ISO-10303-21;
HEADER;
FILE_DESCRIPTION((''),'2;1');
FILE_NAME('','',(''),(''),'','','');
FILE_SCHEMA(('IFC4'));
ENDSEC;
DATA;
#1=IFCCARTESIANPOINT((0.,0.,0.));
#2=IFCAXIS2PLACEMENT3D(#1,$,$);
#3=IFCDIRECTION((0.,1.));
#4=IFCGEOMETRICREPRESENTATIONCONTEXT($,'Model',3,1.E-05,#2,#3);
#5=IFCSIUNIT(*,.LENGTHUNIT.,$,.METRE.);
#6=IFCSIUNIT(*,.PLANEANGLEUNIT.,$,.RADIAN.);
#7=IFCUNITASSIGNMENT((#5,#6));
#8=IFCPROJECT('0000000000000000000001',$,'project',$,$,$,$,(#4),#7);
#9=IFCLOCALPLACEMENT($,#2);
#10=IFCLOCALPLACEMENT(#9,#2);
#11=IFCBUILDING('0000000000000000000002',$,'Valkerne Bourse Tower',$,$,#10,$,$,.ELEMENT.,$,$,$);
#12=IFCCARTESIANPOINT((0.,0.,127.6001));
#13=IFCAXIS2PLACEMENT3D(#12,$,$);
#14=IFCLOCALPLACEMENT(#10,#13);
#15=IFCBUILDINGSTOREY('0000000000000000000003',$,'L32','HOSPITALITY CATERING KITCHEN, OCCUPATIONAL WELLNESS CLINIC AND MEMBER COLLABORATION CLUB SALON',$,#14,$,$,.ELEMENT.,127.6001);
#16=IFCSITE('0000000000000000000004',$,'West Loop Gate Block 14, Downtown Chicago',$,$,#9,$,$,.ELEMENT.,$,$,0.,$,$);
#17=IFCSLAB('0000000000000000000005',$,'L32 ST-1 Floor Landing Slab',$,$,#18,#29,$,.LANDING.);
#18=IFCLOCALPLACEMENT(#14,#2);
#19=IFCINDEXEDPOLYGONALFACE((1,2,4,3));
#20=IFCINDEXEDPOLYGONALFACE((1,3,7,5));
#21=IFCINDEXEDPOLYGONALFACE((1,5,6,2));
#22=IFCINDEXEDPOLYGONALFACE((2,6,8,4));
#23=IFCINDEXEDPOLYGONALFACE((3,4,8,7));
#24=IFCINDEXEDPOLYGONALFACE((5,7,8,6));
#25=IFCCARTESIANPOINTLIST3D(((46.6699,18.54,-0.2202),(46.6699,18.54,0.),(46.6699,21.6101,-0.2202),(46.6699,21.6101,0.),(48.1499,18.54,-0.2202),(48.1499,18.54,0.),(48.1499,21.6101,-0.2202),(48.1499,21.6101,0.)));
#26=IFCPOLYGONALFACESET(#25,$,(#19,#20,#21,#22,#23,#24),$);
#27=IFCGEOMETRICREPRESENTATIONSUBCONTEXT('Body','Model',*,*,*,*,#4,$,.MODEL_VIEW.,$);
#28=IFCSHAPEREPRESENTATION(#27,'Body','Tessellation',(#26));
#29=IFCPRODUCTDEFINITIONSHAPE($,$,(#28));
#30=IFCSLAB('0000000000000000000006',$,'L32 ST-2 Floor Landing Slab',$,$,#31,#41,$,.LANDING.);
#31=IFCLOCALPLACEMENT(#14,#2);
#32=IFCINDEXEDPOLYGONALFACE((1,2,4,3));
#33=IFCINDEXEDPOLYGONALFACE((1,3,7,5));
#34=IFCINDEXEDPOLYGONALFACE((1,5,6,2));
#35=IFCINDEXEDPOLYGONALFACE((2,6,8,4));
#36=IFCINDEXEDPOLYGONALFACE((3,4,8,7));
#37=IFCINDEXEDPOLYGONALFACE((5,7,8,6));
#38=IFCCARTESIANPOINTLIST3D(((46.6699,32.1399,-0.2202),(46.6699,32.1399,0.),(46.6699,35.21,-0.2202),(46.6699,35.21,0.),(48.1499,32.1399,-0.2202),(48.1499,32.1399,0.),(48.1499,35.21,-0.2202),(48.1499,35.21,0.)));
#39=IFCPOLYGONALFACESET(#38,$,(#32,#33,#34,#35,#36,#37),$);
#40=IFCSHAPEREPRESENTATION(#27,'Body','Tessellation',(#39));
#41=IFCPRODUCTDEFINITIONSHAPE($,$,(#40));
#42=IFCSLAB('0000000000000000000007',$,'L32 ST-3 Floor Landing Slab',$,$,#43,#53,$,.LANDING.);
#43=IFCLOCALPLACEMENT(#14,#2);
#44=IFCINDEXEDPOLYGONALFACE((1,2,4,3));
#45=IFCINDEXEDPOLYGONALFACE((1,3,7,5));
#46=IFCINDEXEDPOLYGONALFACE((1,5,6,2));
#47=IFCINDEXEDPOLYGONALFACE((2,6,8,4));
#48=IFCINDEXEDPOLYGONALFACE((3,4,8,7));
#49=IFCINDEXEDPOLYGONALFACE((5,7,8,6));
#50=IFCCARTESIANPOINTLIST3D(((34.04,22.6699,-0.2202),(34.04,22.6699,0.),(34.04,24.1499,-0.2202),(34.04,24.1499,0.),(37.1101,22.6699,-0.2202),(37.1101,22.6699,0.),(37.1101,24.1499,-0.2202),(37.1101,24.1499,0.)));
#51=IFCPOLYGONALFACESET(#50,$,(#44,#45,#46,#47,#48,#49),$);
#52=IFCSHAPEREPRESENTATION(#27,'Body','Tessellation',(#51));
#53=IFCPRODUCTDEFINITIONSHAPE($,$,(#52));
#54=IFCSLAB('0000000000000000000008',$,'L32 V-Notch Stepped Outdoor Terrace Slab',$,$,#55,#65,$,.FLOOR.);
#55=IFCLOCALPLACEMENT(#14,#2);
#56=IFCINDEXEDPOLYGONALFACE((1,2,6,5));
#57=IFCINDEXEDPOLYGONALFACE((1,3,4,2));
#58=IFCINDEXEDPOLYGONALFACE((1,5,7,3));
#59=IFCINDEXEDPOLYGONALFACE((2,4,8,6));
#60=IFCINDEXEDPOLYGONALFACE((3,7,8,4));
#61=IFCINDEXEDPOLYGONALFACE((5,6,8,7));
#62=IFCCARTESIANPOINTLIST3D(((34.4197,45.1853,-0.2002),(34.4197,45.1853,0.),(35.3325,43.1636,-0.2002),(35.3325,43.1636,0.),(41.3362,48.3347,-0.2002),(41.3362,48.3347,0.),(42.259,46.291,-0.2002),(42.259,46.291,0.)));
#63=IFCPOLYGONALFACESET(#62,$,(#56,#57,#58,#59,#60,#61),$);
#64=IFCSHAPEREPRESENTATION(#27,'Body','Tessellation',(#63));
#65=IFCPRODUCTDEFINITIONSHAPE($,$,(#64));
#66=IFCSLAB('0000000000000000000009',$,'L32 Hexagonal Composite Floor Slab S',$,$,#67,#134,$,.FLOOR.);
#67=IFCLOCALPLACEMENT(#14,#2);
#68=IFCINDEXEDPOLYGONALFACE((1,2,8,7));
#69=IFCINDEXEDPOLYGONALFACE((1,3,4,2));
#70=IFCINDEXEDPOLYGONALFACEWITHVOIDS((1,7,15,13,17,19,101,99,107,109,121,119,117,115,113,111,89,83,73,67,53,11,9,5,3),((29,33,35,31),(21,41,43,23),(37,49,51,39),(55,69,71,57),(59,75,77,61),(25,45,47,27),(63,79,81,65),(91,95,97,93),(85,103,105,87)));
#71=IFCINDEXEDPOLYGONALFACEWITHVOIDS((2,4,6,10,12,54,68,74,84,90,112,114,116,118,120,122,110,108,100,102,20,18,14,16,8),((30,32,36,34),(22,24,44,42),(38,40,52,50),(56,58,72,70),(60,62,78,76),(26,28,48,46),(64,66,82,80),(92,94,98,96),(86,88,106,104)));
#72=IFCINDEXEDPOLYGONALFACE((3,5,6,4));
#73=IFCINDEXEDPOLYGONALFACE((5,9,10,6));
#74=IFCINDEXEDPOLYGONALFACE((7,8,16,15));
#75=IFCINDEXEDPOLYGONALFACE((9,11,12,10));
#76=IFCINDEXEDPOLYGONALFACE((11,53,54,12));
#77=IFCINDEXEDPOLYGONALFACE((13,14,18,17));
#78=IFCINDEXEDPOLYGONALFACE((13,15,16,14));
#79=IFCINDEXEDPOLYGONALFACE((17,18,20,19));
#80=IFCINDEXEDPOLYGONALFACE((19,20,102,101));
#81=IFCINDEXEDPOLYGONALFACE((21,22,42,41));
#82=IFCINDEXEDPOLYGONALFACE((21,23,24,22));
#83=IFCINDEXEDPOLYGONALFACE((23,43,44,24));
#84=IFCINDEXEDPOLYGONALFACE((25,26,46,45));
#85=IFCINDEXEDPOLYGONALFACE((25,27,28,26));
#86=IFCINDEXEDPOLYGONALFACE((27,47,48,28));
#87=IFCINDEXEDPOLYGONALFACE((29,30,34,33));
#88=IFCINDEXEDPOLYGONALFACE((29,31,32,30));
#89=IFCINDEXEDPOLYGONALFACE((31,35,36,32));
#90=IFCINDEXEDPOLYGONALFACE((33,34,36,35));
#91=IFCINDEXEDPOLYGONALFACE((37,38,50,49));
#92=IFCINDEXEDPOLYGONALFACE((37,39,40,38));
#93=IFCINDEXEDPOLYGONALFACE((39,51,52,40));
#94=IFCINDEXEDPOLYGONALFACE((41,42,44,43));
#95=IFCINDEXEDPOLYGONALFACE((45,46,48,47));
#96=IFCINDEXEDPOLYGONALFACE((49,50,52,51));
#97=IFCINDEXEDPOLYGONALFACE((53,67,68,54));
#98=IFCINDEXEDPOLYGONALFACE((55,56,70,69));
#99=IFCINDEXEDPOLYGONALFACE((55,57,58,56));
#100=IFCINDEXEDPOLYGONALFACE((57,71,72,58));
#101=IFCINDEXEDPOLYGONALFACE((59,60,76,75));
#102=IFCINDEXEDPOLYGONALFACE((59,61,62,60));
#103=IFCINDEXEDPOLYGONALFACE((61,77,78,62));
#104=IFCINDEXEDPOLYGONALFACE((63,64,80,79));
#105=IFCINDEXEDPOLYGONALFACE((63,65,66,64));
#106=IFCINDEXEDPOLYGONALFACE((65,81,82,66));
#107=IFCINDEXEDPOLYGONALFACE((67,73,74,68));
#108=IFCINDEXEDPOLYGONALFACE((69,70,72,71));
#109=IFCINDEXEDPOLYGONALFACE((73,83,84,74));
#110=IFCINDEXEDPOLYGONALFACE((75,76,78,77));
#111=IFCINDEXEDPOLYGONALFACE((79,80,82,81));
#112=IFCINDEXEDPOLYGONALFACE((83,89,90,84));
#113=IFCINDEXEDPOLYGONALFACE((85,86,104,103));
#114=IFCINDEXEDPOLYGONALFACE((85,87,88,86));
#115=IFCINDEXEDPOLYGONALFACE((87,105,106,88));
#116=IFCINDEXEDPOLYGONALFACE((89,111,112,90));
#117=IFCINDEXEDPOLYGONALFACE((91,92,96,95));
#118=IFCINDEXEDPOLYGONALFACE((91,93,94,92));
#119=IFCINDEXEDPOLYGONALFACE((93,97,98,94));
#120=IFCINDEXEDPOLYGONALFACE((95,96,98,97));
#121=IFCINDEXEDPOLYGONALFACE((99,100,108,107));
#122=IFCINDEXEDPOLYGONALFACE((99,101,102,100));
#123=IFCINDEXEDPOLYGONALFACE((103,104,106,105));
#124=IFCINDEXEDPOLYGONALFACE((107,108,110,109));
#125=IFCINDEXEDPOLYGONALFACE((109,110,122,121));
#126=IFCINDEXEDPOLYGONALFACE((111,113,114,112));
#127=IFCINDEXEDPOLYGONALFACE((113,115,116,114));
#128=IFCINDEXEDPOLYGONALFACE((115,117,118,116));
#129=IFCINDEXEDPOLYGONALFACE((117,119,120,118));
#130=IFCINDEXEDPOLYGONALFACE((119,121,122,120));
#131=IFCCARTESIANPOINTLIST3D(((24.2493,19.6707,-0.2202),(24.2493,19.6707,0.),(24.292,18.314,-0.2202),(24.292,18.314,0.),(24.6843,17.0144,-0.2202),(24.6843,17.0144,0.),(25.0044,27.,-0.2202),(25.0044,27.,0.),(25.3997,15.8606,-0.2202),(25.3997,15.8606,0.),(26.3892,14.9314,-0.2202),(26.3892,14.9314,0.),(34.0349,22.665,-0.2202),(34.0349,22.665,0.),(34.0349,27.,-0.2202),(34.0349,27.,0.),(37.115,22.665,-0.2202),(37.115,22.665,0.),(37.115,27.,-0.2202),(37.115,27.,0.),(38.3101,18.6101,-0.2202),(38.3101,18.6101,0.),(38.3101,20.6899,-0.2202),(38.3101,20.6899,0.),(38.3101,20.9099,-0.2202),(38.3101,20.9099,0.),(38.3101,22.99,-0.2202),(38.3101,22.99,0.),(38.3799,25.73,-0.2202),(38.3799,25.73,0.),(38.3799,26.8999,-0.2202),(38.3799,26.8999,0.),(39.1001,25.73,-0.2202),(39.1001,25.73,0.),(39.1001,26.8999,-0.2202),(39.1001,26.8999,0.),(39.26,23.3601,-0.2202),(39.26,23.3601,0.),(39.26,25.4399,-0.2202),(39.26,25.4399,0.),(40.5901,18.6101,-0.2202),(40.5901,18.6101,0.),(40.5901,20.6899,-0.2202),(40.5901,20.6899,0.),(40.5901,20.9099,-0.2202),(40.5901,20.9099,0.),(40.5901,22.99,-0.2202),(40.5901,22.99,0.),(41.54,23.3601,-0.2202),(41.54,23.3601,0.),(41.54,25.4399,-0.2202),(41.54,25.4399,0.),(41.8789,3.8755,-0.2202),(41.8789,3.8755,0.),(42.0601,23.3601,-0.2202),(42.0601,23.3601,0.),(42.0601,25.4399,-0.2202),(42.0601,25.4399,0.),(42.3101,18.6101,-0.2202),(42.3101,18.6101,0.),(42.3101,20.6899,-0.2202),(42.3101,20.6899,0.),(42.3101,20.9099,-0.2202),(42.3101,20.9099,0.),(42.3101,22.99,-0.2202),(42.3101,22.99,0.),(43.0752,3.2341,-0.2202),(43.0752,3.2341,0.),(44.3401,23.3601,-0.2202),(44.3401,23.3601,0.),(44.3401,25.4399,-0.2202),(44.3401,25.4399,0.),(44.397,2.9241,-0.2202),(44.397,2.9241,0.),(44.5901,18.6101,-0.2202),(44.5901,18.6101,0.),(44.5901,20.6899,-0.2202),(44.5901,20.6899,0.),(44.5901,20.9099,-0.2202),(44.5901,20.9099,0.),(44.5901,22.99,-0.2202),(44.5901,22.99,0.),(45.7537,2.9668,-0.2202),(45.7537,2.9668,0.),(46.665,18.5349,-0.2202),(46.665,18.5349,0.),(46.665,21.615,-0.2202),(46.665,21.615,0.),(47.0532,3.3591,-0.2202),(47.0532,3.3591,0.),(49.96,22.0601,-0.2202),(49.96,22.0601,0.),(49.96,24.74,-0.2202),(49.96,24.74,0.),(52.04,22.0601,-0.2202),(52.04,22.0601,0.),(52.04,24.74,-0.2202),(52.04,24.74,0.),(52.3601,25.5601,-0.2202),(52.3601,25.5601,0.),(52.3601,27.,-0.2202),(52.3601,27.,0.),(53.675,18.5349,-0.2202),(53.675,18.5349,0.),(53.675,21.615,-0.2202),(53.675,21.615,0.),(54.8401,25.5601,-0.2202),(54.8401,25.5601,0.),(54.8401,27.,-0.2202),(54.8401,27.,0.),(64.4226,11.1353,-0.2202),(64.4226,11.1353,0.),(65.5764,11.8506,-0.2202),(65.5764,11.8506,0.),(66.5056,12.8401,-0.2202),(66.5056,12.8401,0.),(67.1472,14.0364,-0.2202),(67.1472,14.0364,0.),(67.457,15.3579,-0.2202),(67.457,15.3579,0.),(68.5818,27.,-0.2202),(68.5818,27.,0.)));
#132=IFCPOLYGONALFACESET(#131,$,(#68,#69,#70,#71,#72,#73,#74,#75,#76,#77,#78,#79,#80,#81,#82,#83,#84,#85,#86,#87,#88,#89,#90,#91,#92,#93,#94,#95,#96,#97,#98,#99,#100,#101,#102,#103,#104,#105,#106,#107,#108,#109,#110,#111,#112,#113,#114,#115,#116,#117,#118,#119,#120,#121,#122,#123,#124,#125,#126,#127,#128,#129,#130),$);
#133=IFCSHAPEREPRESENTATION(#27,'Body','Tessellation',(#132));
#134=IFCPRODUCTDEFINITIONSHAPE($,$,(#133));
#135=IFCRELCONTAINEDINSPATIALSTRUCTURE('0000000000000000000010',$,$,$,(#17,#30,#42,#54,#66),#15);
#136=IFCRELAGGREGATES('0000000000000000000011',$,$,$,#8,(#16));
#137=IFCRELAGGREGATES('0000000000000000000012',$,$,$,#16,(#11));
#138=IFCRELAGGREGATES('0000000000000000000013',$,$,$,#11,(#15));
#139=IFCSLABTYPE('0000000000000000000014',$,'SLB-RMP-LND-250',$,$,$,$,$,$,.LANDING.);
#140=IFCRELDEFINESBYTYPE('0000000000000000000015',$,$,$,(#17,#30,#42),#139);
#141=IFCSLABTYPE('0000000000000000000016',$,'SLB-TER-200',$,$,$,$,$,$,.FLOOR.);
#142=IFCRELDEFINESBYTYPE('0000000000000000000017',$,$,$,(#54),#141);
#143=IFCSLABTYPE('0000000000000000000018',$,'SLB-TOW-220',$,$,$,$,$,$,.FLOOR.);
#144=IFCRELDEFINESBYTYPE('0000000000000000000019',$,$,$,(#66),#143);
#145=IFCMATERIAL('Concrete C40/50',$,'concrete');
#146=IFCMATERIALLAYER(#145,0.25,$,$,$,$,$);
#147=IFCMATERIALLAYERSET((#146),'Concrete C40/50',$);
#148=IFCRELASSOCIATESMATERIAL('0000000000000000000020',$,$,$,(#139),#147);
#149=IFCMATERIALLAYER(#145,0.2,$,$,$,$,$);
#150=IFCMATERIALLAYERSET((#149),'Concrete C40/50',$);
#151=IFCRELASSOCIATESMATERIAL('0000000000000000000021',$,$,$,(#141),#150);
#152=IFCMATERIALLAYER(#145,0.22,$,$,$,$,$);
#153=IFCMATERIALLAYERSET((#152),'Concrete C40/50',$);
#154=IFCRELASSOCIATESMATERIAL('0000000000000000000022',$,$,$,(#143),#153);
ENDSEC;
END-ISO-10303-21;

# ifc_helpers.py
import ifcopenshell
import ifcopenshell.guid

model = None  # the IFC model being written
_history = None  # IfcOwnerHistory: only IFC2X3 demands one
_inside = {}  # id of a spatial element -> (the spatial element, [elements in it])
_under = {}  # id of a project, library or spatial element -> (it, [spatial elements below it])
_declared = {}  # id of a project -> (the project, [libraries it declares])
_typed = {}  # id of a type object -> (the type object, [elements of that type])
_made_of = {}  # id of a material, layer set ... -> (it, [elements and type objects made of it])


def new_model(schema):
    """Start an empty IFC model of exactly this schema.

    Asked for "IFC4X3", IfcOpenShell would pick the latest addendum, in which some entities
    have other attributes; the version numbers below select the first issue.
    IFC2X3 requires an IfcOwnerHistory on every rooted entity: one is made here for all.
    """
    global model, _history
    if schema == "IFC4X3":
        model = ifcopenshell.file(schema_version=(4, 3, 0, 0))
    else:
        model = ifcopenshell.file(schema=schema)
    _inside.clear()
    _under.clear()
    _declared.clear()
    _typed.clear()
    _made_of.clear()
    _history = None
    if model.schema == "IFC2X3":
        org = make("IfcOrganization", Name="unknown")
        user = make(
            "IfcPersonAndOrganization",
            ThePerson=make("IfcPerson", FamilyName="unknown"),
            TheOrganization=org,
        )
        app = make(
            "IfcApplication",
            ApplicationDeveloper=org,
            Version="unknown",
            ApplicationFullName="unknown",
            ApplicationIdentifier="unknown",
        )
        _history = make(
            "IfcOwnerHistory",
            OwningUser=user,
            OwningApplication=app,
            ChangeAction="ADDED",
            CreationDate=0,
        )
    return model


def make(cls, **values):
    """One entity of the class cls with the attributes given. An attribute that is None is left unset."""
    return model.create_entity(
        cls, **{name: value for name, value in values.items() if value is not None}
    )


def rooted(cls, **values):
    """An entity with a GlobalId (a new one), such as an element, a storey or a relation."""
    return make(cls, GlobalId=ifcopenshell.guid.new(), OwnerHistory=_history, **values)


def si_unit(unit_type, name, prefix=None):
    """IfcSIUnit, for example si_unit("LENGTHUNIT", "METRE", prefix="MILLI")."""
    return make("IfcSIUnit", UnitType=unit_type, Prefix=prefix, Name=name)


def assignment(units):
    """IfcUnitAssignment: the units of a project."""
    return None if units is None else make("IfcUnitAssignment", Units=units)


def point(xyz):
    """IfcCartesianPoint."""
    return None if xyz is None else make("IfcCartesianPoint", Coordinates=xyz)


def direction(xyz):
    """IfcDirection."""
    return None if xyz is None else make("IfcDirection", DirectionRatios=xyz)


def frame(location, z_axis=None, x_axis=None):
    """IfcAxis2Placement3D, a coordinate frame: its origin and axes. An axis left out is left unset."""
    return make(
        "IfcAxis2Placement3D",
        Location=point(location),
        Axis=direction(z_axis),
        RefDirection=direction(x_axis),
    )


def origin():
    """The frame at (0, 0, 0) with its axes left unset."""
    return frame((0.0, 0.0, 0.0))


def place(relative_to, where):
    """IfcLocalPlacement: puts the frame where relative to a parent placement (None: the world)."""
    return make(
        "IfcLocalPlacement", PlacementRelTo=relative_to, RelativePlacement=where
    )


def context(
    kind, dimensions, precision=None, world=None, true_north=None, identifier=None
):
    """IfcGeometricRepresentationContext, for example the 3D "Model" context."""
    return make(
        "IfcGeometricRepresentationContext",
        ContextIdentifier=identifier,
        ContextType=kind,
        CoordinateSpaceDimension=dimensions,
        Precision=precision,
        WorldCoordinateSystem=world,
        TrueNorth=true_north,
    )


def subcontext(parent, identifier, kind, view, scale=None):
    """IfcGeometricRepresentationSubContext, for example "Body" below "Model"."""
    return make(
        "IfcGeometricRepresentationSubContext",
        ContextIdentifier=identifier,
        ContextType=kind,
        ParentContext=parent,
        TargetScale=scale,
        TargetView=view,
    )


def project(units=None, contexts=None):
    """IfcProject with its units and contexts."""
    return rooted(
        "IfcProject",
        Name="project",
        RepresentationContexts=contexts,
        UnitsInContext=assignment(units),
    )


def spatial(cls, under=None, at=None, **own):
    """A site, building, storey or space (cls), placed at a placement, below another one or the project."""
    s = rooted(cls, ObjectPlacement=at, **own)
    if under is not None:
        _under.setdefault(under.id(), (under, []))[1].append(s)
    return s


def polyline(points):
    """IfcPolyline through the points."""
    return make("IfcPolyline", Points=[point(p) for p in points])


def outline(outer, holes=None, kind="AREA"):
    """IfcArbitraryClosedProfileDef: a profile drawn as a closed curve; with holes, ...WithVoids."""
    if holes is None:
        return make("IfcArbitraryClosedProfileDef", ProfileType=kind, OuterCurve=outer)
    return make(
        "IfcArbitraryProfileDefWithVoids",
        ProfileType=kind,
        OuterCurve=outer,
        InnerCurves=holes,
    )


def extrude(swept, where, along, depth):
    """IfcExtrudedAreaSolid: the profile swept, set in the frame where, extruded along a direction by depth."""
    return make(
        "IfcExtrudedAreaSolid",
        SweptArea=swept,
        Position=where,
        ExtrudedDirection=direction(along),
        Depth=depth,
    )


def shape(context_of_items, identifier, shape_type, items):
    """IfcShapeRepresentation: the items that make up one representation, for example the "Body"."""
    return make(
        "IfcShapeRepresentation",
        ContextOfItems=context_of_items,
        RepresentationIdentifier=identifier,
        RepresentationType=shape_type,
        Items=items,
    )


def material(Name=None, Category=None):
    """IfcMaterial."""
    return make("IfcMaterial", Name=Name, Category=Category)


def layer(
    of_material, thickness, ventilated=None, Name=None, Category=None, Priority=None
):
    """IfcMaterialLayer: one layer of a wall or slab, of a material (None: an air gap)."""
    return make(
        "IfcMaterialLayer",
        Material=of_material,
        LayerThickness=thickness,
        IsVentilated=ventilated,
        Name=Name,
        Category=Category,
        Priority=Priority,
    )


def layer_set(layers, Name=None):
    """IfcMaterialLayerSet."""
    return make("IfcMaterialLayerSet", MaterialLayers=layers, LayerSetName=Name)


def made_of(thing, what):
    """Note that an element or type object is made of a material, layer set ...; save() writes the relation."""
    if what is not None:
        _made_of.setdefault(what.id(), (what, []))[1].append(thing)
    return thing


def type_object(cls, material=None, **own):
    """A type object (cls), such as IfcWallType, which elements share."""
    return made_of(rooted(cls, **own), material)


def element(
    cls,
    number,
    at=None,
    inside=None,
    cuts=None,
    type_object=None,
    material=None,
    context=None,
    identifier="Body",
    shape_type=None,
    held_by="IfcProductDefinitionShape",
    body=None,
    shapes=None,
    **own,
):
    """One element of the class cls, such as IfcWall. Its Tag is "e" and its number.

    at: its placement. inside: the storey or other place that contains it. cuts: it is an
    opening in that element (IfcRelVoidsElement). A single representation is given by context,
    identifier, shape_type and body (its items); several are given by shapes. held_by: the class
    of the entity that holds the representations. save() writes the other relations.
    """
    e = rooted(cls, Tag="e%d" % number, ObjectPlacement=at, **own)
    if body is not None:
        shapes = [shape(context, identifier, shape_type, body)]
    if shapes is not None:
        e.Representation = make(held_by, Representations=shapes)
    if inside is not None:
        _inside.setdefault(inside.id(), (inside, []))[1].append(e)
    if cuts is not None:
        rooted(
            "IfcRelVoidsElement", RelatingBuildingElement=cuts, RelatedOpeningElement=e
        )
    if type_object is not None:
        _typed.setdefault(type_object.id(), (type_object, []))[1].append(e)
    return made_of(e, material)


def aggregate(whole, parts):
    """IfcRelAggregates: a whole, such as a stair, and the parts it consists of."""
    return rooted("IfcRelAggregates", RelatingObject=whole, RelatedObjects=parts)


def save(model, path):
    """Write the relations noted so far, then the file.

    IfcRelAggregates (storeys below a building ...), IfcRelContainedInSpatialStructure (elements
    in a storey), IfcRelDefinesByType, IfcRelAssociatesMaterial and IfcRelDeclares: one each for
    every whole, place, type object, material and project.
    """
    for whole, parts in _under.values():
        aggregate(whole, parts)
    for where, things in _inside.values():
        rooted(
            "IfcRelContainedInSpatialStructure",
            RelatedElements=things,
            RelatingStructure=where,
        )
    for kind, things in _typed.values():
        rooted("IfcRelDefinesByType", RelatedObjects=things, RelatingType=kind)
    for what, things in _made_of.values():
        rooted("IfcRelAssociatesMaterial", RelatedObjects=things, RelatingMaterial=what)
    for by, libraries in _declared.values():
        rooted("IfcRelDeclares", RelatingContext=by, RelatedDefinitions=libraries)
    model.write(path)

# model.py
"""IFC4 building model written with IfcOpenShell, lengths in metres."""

from ifc_helpers import new_model, si_unit, direction, frame, origin, place, context, subcontext, project, spatial, polyline, outline, extrude, material, layer, layer_set, type_object, element, save


model = new_model("IFC4")

# Units and contexts
model_context = context("Model", 3, precision=1e-05, world=origin(), true_north=direction((0.0, 1.0)))
body_context = subcontext(model_context, "Body", "Model", "MODEL_VIEW")
ifc_project = project(units=[si_unit("LENGTHUNIT", "METRE"), si_unit("PLANEANGLEUNIT", "RADIAN")], contexts=[model_context])

# Site, building, storey
site_placement = place(None, origin())
site = spatial("IfcSite", under=ifc_project, at=site_placement, Name="West Loop Gate Block 14, Downtown Chicago", CompositionType="ELEMENT", RefElevation=0.0)
building_placement = place(site_placement, origin())
building = spatial("IfcBuilding", under=site, at=building_placement, Name="Valkerne Bourse Tower", CompositionType="ELEMENT")
storey_placement = place(building_placement, frame((0.0, 0.0, 127.6001)))
storey = spatial("IfcBuildingStorey", under=building, at=storey_placement, Name="L32", Description="HOSPITALITY CATERING KITCHEN, OCCUPATIONAL WELLNESS CLINIC AND MEMBER COLLABORATION CLUB SALON", CompositionType="ELEMENT", Elevation=127.6001)

# Slabs
ifc_material_1 = material(Name="Concrete C40/50", Category="concrete")
ifc_layer_1 = layer(ifc_material_1, 0.25)
ifc_layer_set_1 = layer_set([ifc_layer_1], Name="Concrete C40/50")
slab_type_1 = type_object("IfcSlabType", Name="SLB-RMP-LND-250", PredefinedType="LANDING", material=ifc_layer_set_1)
slab_1_placement = place(storey_placement, frame((0.0, 0.0, -0.2202)))
element("IfcSlab", 1, at=slab_1_placement, inside=storey, type_object=slab_type_1, Name="L32 ST-1 Floor Landing Slab", PredefinedType="LANDING", context=body_context, shape_type="SweptSolid", body=[
    extrude(outline(polyline([(46.6699, 18.54), (48.1499, 18.54), (48.1499, 21.6101), (46.6699, 21.6101), (46.6699, 18.54)])), origin(), (0.0, 0.0, 1.0), 0.2202),
])
slab_2_placement = place(storey_placement, frame((0.0, 0.0, -0.2202)))
element("IfcSlab", 2, at=slab_2_placement, inside=storey, type_object=slab_type_1, Name="L32 ST-2 Floor Landing Slab", PredefinedType="LANDING", context=body_context, shape_type="SweptSolid", body=[
    extrude(outline(polyline([(46.6699, 32.1399), (48.1499, 32.1399), (48.1499, 35.21), (46.6699, 35.21), (46.6699, 32.1399)])), origin(), (0.0, 0.0, 1.0), 0.2202),
])
slab_3_placement = place(storey_placement, frame((0.0, 0.0, -0.2202)))
element("IfcSlab", 3, at=slab_3_placement, inside=storey, type_object=slab_type_1, Name="L32 ST-3 Floor Landing Slab", PredefinedType="LANDING", context=body_context, shape_type="SweptSolid", body=[
    extrude(outline(polyline([(37.1101, 22.6699), (37.1101, 24.1499), (34.04, 24.1499), (34.04, 22.6699), (37.1101, 22.6699)])), origin(), (0.0, 0.0, 1.0), 0.2202),
])
ifc_layer_2 = layer(ifc_material_1, 0.2)
ifc_layer_set_2 = layer_set([ifc_layer_2], Name="Concrete C40/50")
slab_type_2 = type_object("IfcSlabType", Name="SLB-TER-200", PredefinedType="FLOOR", material=ifc_layer_set_2)
slab_4_placement = place(storey_placement, frame((0.0, 0.0, -0.2002)))
element("IfcSlab", 4, at=slab_4_placement, inside=storey, type_object=slab_type_2, Name="L32 V-Notch Stepped Outdoor Terrace Slab", PredefinedType="FLOOR", context=body_context, shape_type="SweptSolid", body=[
    extrude(outline(polyline([(41.3362, 48.3347), (42.259, 46.291), (35.3325, 43.1636), (34.4197, 45.1853), (41.3362, 48.3347)])), origin(), (0.0, 0.0, 1.0), 0.2002),
])
ifc_layer_3 = layer(ifc_material_1, 0.22)
ifc_layer_set_3 = layer_set([ifc_layer_3], Name="Concrete C40/50")
slab_type_3 = type_object("IfcSlabType", Name="SLB-TOW-220", PredefinedType="FLOOR", material=ifc_layer_set_3)
slab_5_placement = place(storey_placement, frame((0.0, 0.0, -0.2202)))
element("IfcSlab", 5, at=slab_5_placement, inside=storey, type_object=slab_type_3, Name="L32 Hexagonal Composite Floor Slab S", PredefinedType="FLOOR", context=body_context, shape_type="SweptSolid", body=[
    extrude(outline(polyline([(67.457, 15.3579), (67.1472, 14.0364), (66.5056, 12.8401), (65.5764, 11.8506), (64.4226, 11.1353), (47.0532, 3.3591), (45.7537, 2.9668), (44.397, 2.9241), (43.0752, 3.2341), (41.8789, 3.8755), (26.3892, 14.9314), (25.3997, 15.8606), (24.6843, 17.0144), (24.292, 18.314), (24.2493, 19.6707), (25.0044, 27.0), (34.0349, 27.0), (34.0349, 22.665), (37.115, 22.665), (37.115, 27.0), (52.3601, 27.0), (52.3601, 25.5601), (54.8401, 25.5601), (54.8401, 27.0), (68.5818, 27.0), (67.457, 15.3579)]), holes=[polyline([(40.5901, 20.6899), (38.3101, 20.6899), (38.3101, 18.6101), (40.5901, 18.6101), (40.5901, 20.6899)]), polyline([(40.5901, 22.99), (38.3101, 22.99), (38.3101, 20.9099), (40.5901, 20.9099), (40.5901, 22.99)]), polyline([(41.54, 25.4399), (39.26, 25.4399), (39.26, 23.3601), (41.54, 23.3601), (41.54, 25.4399)]), polyline([(39.1001, 25.73), (39.1001, 26.8999), (38.3799, 26.8999), (38.3799, 25.73), (39.1001, 25.73)]), polyline([(44.5901, 20.6899), (42.3101, 20.6899), (42.3101, 18.6101), (44.5901, 18.6101), (44.5901, 20.6899)]), polyline([(53.675, 21.615), (46.665, 21.615), (46.665, 18.5349), (53.675, 18.5349), (53.675, 21.615)]), polyline([(44.5901, 22.99), (42.3101, 22.99), (42.3101, 20.9099), (44.5901, 20.9099), (44.5901, 22.99)]), polyline([(52.04, 22.0601), (52.04, 24.74), (49.96, 24.74), (49.96, 22.0601), (52.04, 22.0601)]), polyline([(44.3401, 23.3601), (44.3401, 25.4399), (42.0601, 25.4399), (42.0601, 23.3601), (44.3401, 23.3601)])]), origin(), (0.0, 0.0, 1.0), 0.2202),
])

save(model, "model.ifc")
